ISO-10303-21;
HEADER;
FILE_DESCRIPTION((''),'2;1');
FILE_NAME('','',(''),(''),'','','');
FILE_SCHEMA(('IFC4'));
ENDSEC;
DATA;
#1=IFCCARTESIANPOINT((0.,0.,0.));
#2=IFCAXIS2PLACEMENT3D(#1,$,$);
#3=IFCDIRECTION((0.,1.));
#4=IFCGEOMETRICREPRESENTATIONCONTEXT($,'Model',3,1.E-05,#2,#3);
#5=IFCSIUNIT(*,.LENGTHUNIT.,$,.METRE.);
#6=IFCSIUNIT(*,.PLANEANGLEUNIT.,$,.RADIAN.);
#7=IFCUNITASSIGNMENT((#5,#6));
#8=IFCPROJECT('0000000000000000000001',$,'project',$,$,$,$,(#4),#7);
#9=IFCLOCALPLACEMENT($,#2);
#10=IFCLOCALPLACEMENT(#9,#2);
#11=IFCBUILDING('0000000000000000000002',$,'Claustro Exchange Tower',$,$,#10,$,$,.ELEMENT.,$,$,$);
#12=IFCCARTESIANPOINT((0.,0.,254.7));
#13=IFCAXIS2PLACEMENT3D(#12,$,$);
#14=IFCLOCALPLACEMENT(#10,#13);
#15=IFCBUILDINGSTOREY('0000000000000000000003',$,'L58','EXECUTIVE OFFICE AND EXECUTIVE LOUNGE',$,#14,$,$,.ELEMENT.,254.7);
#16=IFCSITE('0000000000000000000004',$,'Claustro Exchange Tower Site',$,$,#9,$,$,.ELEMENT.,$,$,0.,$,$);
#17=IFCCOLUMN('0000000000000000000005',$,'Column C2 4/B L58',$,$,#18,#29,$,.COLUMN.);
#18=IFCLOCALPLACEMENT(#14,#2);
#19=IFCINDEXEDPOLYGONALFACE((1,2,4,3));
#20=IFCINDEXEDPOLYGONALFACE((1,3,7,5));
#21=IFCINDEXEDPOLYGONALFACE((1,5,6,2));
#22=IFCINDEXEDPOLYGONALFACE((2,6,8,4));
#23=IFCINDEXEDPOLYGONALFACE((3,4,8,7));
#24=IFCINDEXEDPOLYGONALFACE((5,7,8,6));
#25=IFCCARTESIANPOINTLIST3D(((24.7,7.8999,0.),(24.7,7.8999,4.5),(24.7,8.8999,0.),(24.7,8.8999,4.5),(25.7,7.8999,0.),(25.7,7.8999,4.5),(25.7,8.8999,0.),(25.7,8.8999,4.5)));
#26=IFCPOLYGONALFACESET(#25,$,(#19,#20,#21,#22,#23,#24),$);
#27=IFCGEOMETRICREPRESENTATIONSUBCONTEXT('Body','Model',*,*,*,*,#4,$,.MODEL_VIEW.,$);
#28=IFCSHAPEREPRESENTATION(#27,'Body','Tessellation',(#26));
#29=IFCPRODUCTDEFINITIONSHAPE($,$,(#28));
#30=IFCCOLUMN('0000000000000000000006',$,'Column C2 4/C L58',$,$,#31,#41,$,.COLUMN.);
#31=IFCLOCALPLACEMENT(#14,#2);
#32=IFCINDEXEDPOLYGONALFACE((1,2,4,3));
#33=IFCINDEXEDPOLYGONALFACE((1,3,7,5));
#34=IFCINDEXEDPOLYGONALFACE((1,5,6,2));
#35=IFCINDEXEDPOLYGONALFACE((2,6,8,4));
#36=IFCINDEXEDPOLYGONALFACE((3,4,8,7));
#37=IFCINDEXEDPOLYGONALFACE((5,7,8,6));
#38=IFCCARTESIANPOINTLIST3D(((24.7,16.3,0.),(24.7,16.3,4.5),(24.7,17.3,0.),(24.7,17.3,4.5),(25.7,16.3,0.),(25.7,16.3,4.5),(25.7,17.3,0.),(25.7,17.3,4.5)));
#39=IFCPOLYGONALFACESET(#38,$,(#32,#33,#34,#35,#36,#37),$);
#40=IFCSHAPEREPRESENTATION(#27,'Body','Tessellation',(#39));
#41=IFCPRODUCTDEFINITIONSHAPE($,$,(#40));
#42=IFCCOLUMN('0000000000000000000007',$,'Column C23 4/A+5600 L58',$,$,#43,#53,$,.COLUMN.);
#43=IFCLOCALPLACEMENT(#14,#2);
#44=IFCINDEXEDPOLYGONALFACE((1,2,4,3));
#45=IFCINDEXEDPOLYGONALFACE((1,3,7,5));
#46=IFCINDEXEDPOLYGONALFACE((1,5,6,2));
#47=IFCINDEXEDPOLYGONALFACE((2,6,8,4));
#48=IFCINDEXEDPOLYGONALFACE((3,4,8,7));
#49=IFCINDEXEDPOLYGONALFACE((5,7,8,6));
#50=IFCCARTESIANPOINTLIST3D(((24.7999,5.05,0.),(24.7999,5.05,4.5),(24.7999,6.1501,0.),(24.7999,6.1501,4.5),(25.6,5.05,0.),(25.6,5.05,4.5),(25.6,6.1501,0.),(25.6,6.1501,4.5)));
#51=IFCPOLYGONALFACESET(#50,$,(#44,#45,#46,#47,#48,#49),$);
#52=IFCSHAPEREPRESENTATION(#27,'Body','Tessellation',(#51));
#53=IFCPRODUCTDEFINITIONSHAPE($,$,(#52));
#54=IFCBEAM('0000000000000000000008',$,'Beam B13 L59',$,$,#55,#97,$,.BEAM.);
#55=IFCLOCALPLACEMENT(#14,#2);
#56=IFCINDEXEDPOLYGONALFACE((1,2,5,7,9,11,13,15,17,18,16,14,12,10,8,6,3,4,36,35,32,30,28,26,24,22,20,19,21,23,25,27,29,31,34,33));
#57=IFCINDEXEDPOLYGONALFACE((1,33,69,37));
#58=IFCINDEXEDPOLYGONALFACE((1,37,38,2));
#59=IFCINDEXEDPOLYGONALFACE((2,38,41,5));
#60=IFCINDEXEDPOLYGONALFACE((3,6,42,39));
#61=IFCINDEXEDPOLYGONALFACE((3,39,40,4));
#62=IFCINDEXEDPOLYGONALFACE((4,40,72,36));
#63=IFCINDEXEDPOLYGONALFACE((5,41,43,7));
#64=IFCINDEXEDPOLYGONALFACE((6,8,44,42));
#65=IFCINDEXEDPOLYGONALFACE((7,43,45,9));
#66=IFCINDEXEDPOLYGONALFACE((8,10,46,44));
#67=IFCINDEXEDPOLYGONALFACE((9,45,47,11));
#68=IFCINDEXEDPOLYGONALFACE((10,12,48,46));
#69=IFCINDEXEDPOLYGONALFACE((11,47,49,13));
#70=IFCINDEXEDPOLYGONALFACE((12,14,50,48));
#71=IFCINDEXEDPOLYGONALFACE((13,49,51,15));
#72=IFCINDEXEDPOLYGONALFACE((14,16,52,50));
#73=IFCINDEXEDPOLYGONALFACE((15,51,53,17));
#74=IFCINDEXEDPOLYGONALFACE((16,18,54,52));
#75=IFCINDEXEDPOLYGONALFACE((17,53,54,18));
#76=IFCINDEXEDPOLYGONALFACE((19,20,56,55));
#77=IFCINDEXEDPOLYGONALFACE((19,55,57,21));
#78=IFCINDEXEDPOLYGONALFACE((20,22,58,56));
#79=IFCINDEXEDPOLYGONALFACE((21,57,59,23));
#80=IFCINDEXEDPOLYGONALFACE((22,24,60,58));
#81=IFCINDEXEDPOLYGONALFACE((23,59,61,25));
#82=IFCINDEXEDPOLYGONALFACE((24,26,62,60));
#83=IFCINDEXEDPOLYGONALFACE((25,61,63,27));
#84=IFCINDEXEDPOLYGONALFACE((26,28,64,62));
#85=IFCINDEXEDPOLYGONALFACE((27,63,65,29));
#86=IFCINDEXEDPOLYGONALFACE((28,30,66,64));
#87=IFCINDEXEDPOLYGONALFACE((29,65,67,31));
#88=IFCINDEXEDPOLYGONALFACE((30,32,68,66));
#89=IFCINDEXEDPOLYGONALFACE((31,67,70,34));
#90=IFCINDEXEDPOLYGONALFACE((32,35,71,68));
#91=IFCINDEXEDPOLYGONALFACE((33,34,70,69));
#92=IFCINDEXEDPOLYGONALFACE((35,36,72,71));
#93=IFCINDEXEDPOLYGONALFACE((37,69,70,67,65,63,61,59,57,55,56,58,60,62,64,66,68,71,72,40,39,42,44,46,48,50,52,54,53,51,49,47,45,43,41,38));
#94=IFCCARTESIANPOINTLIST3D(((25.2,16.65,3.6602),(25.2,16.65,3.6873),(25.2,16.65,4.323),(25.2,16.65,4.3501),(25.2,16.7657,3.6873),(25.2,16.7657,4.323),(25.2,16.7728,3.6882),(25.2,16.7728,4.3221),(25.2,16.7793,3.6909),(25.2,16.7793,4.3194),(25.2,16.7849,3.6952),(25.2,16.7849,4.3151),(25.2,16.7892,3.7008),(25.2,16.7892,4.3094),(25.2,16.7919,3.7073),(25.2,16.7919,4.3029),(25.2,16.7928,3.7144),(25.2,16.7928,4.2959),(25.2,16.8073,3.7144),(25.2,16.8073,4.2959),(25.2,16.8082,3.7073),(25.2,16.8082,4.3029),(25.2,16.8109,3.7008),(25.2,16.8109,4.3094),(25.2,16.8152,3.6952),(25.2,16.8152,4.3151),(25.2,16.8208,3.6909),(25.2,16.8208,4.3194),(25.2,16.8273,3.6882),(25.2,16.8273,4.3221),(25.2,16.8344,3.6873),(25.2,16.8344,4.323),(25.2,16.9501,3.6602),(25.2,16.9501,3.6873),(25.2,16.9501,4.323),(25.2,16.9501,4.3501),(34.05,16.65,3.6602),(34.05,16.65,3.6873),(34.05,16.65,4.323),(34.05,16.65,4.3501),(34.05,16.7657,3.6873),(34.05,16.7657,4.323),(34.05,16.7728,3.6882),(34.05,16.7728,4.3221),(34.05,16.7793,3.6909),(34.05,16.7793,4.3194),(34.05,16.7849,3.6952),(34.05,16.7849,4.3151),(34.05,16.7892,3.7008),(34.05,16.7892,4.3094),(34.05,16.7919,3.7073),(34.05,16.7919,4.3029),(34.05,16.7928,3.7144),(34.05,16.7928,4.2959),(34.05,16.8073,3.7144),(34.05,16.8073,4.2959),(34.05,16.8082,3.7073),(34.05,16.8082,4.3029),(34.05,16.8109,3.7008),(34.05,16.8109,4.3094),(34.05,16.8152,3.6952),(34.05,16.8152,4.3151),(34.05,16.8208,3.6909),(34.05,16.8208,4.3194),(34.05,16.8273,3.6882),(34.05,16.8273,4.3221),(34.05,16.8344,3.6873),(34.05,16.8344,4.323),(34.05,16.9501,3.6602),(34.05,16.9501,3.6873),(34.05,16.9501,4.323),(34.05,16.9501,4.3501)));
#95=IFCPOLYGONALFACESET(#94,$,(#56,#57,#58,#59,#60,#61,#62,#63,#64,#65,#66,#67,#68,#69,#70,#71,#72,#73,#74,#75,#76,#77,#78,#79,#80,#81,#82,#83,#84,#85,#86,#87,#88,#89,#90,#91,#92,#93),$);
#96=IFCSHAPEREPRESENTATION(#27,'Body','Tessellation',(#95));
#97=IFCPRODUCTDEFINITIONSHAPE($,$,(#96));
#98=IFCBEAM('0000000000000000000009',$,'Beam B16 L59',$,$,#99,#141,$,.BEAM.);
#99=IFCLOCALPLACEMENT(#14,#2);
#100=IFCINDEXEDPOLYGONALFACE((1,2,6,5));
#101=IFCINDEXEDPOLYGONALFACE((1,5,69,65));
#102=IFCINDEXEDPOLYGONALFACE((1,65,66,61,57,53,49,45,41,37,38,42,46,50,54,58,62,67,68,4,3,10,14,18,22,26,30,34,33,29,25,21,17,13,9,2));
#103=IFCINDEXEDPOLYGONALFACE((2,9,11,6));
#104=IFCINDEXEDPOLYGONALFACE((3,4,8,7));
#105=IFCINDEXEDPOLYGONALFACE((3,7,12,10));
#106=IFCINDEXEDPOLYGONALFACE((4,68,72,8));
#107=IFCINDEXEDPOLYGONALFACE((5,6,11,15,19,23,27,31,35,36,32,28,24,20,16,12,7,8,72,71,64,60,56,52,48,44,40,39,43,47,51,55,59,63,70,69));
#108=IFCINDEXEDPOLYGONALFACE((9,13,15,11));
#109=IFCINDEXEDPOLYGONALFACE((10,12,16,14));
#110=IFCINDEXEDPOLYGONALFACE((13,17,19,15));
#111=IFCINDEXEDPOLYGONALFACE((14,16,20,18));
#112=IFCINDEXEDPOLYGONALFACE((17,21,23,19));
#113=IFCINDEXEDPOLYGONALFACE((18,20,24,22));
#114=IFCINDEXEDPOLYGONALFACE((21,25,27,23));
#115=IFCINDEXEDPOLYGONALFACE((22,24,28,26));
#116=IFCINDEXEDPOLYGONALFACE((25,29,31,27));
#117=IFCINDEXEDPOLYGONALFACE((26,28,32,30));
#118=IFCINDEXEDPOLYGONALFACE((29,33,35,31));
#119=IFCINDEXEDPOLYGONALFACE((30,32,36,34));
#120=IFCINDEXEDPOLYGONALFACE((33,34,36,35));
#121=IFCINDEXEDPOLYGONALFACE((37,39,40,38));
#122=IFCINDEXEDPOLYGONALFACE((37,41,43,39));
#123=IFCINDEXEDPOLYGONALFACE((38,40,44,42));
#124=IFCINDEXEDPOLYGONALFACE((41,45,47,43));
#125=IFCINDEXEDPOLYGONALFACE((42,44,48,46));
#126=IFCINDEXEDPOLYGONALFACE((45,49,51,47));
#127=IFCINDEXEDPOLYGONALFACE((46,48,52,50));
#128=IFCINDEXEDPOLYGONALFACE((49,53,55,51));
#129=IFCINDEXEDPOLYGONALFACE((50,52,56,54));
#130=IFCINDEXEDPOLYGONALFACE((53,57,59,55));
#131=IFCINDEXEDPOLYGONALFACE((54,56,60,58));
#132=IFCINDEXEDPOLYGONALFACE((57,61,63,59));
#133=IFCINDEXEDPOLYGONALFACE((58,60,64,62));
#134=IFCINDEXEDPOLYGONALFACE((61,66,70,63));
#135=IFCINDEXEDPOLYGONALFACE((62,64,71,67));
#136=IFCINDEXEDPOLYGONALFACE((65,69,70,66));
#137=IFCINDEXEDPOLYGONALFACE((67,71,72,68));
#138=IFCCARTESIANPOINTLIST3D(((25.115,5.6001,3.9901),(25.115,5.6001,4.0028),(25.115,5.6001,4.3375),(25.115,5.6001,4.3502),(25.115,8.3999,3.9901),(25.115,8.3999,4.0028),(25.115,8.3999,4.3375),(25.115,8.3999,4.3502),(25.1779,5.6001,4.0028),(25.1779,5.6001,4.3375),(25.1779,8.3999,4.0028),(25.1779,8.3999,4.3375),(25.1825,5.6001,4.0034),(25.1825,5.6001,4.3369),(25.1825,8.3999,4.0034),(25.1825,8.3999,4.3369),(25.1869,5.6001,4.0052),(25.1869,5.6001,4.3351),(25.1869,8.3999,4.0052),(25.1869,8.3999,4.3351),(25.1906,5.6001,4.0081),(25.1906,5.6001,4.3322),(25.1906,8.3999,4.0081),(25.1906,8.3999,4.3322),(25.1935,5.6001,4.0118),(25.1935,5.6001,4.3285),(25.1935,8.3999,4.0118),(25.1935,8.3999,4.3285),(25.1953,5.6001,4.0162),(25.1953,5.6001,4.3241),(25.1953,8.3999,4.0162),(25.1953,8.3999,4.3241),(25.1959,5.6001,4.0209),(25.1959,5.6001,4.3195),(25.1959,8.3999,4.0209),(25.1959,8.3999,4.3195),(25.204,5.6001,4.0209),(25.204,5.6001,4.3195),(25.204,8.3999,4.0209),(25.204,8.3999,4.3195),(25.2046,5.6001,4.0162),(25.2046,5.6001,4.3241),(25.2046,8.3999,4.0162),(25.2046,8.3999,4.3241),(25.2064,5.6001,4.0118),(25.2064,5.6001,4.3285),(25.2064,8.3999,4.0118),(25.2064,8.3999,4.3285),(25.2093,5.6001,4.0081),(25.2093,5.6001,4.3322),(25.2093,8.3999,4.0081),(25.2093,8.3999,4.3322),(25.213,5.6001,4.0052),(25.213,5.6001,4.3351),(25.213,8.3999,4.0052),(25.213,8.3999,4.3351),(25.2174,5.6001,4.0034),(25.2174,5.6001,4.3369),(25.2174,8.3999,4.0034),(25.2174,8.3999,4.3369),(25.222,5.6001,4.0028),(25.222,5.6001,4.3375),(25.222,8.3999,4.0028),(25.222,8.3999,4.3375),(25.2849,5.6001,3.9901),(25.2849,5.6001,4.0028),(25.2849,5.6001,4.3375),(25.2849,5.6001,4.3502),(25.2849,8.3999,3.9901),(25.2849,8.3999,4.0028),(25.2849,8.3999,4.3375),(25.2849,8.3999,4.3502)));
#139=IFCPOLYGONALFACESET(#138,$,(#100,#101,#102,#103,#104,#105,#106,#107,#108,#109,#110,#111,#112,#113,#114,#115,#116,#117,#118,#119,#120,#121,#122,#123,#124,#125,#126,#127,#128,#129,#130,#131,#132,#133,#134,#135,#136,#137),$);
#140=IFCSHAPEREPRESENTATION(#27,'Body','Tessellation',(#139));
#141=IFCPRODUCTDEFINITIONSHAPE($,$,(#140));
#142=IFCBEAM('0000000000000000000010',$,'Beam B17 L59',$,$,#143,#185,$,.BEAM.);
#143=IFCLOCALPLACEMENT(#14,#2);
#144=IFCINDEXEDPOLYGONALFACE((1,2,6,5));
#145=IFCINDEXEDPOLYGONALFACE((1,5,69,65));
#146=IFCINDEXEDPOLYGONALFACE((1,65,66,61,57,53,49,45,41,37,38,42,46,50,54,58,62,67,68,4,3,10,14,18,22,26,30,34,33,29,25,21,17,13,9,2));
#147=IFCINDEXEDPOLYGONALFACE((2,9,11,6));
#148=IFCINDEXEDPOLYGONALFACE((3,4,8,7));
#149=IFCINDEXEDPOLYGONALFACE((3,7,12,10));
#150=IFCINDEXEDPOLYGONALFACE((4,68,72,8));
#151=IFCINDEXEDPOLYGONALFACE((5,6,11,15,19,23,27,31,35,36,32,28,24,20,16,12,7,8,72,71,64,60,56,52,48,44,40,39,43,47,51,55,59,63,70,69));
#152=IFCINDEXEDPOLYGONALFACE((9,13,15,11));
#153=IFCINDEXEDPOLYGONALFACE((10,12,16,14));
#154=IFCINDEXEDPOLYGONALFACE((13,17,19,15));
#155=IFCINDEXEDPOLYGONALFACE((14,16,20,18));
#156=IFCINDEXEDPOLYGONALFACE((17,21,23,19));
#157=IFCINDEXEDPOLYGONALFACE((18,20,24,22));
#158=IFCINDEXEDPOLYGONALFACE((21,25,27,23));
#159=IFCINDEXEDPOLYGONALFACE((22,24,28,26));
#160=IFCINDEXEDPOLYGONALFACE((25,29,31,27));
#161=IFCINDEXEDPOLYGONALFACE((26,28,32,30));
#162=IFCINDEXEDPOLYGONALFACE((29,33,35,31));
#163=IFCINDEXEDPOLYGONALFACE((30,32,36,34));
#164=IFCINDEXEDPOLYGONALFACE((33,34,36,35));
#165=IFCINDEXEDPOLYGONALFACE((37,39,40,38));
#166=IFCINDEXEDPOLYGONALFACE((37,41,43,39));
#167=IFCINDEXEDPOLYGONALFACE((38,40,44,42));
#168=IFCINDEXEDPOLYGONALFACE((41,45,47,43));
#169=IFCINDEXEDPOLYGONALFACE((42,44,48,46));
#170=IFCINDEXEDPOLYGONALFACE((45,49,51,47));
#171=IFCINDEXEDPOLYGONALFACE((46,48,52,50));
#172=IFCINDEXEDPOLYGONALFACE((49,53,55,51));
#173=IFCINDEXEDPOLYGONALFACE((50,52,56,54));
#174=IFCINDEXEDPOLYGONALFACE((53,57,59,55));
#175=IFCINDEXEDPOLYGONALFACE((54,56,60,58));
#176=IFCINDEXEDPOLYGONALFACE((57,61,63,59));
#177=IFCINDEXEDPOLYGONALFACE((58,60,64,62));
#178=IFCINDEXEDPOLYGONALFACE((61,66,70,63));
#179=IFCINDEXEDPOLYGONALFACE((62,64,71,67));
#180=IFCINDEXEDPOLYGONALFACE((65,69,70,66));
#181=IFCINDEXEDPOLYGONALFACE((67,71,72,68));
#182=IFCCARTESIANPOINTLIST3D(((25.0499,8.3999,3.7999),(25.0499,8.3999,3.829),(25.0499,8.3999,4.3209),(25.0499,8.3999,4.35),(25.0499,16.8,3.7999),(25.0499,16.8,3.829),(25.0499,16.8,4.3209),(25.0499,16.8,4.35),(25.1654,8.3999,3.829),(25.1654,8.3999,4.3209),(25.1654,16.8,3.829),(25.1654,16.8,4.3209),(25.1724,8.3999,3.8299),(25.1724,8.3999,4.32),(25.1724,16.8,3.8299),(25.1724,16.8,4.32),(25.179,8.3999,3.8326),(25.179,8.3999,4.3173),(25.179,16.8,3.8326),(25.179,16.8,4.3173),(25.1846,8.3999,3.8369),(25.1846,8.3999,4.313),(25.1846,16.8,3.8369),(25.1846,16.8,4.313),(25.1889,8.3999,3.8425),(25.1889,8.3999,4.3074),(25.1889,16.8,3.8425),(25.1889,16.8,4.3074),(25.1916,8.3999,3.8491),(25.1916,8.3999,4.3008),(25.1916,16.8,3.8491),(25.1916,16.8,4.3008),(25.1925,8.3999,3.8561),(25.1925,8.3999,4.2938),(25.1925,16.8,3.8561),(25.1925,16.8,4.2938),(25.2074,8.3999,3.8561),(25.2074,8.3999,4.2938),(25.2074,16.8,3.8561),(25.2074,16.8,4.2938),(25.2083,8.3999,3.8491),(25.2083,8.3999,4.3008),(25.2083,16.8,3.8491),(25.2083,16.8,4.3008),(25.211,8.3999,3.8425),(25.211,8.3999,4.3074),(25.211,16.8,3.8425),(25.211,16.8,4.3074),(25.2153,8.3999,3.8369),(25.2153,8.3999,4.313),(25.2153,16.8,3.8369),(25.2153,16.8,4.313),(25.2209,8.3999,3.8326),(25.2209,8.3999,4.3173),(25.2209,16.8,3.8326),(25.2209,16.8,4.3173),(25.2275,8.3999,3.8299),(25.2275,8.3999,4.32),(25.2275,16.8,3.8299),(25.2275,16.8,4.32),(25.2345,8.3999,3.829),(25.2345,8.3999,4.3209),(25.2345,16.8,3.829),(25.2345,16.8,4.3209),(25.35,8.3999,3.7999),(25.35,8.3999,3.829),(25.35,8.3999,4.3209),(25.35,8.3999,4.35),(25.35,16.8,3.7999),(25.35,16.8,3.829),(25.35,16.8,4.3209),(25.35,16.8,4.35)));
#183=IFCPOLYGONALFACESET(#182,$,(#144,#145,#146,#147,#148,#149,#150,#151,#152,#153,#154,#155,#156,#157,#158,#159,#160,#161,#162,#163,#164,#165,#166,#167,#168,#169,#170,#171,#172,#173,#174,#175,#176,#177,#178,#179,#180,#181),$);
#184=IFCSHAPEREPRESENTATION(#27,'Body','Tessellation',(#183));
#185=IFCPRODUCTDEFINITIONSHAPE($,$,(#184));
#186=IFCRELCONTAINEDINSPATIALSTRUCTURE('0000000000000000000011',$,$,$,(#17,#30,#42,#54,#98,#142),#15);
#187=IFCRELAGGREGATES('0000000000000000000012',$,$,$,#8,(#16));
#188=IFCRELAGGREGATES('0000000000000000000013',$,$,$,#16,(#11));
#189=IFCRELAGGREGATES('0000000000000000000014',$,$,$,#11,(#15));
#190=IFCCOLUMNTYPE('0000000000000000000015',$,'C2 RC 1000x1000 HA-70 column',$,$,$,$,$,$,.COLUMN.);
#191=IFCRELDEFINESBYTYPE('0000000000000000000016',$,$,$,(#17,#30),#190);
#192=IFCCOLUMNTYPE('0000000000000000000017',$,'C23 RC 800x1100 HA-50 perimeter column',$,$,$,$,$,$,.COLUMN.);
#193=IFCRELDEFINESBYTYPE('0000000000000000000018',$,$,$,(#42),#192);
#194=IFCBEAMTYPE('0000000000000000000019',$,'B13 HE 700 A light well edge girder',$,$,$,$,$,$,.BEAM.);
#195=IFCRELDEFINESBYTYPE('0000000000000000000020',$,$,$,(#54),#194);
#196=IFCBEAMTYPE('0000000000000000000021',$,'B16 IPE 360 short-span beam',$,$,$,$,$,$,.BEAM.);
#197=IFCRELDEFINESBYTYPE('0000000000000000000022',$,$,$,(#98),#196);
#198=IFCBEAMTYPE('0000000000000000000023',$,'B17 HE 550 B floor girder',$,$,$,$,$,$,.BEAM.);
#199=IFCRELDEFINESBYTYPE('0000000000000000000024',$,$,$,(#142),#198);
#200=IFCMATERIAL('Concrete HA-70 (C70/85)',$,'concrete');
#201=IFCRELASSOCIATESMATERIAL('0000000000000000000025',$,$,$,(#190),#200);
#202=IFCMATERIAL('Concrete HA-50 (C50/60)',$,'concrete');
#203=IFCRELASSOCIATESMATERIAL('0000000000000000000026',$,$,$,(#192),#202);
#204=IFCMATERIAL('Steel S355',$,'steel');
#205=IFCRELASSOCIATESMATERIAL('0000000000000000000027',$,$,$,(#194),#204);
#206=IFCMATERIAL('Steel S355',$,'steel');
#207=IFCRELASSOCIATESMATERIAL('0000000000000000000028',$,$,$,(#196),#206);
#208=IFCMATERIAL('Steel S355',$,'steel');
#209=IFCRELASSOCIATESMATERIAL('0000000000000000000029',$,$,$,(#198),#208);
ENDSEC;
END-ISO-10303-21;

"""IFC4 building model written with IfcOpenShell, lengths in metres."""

from ifc_helpers import new_model, si_unit, direction, frame, origin, origin_2d, place, context, subcontext, project, spatial, rectangle, i_section, extrude, material, material_profile, profile_set, type_object, element, save


model = new_model("IFC4")

# Units and contexts
model_context = context("Model", 3, precision=1e-05, world=origin(), true_north=direction((0.0, 1.0)))
body_context = subcontext(model_context, "Body", "Model", "MODEL_VIEW")
ifc_project = project(units=[si_unit("LENGTHUNIT", "METRE"), si_unit("PLANEANGLEUNIT", "RADIAN")], contexts=[model_context])

# Site, building, storey
site_placement = place(None, origin())
site = spatial("IfcSite", under=ifc_project, at=site_placement, Name="Claustro Exchange Tower Site", CompositionType="ELEMENT", RefElevation=0.0)
building_placement = place(site_placement, origin())
building = spatial("IfcBuilding", under=site, at=building_placement, Name="Claustro Exchange Tower", CompositionType="ELEMENT")
storey_placement = place(building_placement, frame((0.0, 0.0, 254.7)))
storey = spatial("IfcBuildingStorey", under=building, at=storey_placement, Name="L58", Description="EXECUTIVE OFFICE AND EXECUTIVE LOUNGE", CompositionType="ELEMENT", Elevation=254.7)

# Columns
ifc_material_1 = material(Name="Concrete HA-70 (C70/85)", Category="concrete")
ifc_material_profile_1 = material_profile(ifc_material_1, rectangle(XDim=1.0, YDim=1.0, at=origin_2d()), Name="RC 1000x1000")
ifc_profile_set_1 = profile_set([ifc_material_profile_1], Name="Concrete HA-70 (C70/85)")
column_type_1 = type_object("IfcColumnType", Name="C2 RC 1000x1000 HA-70 column", PredefinedType="COLUMN", material=ifc_profile_set_1)
for number, where, z_axis, x_axis, name in (
    (1, (25.2, 8.3999, 0.0), (0.0, 0.0, 1.0), (1.0, 0.0, 0.0), "Column C2 4/B L58"),
    (2, (25.2, 16.8, 0.0), (0.0, 0.0, 1.0), (1.0, 0.0, 0.0), "Column C2 4/C L58"),
):
    element("IfcColumn", number, at=place(storey_placement, frame(where, z_axis=z_axis, x_axis=x_axis)), inside=storey, type_object=column_type_1, Name=name, PredefinedType="COLUMN", context=body_context, shape_type="SweptSolid", body=[
        extrude(rectangle(XDim=1.0, YDim=1.0, at=origin_2d()), origin(), (0.0, 0.0, 1.0), 4.5),
    ])
ifc_material_2 = material(Name="Concrete HA-50 (C50/60)", Category="concrete")
ifc_material_profile_2 = material_profile(ifc_material_2, rectangle(XDim=0.8, YDim=1.1001, at=origin_2d()), Name="RC 800x1100")
ifc_profile_set_2 = profile_set([ifc_material_profile_2], Name="Concrete HA-50 (C50/60)")
column_type_2 = type_object("IfcColumnType", Name="C23 RC 800x1100 HA-50 perimeter column", PredefinedType="COLUMN", material=ifc_profile_set_2)
column_placement = place(storey_placement, frame((25.2, 5.6001, 0.0), z_axis=(0.0, 0.0, 1.0), x_axis=(1.0, 0.0, 0.0)))
element("IfcColumn", 3, at=column_placement, inside=storey, type_object=column_type_2, Name="Column C23 4/A+5600 L58", PredefinedType="COLUMN", context=body_context, shape_type="SweptSolid", body=[
    extrude(rectangle(XDim=0.8, YDim=1.1001, at=origin_2d()), origin(), (0.0, 0.0, 1.0), 4.5),
])

# Beams
ifc_material_3 = material(Name="Steel S355", Category="steel")
ifc_material_profile_3 = material_profile(ifc_material_3, i_section(OverallWidth=0.3, OverallDepth=0.6899, WebThickness=0.0144, FlangeThickness=0.0271, FilletRadius=0.0271, at=origin_2d()), Name="HE 700 A")
ifc_profile_set_3 = profile_set([ifc_material_profile_3], Name="Steel S355")
beam_type_1 = type_object("IfcBeamType", Name="B13 HE 700 A light well edge girder", PredefinedType="BEAM", material=ifc_profile_set_3)
beam_1_placement = place(storey_placement, frame((25.2, 16.8, 4.0051), z_axis=(1.0, 0.0, 0.0), x_axis=(0.0, 1.0, 0.0)))
element("IfcBeam", 4, at=beam_1_placement, inside=storey, type_object=beam_type_1, Name="Beam B13 L59", PredefinedType="BEAM", context=body_context, shape_type="SweptSolid", body=[
    extrude(i_section(OverallWidth=0.3, OverallDepth=0.6899, WebThickness=0.0144, FlangeThickness=0.0271, FilletRadius=0.0271, at=origin_2d()), origin(), (0.0, 0.0, 1.0), 8.8501),
])
ifc_material_4 = material(Name="Steel S355", Category="steel")
ifc_material_profile_4 = material_profile(ifc_material_4, i_section(OverallWidth=0.1699, OverallDepth=0.3601, WebThickness=0.0081, FlangeThickness=0.0127, FilletRadius=0.0181, at=origin_2d()), Name="IPE 360")
ifc_profile_set_4 = profile_set([ifc_material_profile_4], Name="Steel S355")
beam_type_2 = type_object("IfcBeamType", Name="B16 IPE 360 short-span beam", PredefinedType="BEAM", material=ifc_profile_set_4)
beam_2_placement = place(storey_placement, frame((25.2, 5.6001, 4.1702), z_axis=(0.0, 1.0, 0.0), x_axis=(-1.0, 0.0, 0.0)))
element("IfcBeam", 5, at=beam_2_placement, inside=storey, type_object=beam_type_2, Name="Beam B16 L59", PredefinedType="BEAM", context=body_context, shape_type="SweptSolid", body=[
    extrude(i_section(OverallWidth=0.1699, OverallDepth=0.3601, WebThickness=0.0081, FlangeThickness=0.0127, FilletRadius=0.0181, at=origin_2d()), origin(), (0.0, 0.0, 1.0), 2.7998),
])
ifc_material_5 = material(Name="Steel S355", Category="steel")
ifc_material_profile_5 = material_profile(ifc_material_5, i_section(OverallWidth=0.3, OverallDepth=0.55, WebThickness=0.0149, FlangeThickness=0.0291, FilletRadius=0.0271, at=origin_2d()), Name="HE 550 B")
ifc_profile_set_5 = profile_set([ifc_material_profile_5], Name="Steel S355")
beam_type_3 = type_object("IfcBeamType", Name="B17 HE 550 B floor girder", PredefinedType="BEAM", material=ifc_profile_set_5)
for number, where, z_axis, x_axis, name in (
    (6, (25.2, 8.3999, 4.075), (0.0, 1.0, 0.0), (-1.0, 0.0, 0.0), "Beam B17 L59"),
):
    element("IfcBeam", number, at=place(storey_placement, frame(where, z_axis=z_axis, x_axis=x_axis)), inside=storey, type_object=beam_type_3, Name=name, PredefinedType="BEAM", context=body_context, shape_type="SweptSolid", body=[
        extrude(i_section(OverallWidth=0.3, OverallDepth=0.55, WebThickness=0.0149, FlangeThickness=0.0291, FilletRadius=0.0271, at=origin_2d()), origin(), (0.0, 0.0, 1.0), 8.4001),
    ])

save(model, "model.ifc")
